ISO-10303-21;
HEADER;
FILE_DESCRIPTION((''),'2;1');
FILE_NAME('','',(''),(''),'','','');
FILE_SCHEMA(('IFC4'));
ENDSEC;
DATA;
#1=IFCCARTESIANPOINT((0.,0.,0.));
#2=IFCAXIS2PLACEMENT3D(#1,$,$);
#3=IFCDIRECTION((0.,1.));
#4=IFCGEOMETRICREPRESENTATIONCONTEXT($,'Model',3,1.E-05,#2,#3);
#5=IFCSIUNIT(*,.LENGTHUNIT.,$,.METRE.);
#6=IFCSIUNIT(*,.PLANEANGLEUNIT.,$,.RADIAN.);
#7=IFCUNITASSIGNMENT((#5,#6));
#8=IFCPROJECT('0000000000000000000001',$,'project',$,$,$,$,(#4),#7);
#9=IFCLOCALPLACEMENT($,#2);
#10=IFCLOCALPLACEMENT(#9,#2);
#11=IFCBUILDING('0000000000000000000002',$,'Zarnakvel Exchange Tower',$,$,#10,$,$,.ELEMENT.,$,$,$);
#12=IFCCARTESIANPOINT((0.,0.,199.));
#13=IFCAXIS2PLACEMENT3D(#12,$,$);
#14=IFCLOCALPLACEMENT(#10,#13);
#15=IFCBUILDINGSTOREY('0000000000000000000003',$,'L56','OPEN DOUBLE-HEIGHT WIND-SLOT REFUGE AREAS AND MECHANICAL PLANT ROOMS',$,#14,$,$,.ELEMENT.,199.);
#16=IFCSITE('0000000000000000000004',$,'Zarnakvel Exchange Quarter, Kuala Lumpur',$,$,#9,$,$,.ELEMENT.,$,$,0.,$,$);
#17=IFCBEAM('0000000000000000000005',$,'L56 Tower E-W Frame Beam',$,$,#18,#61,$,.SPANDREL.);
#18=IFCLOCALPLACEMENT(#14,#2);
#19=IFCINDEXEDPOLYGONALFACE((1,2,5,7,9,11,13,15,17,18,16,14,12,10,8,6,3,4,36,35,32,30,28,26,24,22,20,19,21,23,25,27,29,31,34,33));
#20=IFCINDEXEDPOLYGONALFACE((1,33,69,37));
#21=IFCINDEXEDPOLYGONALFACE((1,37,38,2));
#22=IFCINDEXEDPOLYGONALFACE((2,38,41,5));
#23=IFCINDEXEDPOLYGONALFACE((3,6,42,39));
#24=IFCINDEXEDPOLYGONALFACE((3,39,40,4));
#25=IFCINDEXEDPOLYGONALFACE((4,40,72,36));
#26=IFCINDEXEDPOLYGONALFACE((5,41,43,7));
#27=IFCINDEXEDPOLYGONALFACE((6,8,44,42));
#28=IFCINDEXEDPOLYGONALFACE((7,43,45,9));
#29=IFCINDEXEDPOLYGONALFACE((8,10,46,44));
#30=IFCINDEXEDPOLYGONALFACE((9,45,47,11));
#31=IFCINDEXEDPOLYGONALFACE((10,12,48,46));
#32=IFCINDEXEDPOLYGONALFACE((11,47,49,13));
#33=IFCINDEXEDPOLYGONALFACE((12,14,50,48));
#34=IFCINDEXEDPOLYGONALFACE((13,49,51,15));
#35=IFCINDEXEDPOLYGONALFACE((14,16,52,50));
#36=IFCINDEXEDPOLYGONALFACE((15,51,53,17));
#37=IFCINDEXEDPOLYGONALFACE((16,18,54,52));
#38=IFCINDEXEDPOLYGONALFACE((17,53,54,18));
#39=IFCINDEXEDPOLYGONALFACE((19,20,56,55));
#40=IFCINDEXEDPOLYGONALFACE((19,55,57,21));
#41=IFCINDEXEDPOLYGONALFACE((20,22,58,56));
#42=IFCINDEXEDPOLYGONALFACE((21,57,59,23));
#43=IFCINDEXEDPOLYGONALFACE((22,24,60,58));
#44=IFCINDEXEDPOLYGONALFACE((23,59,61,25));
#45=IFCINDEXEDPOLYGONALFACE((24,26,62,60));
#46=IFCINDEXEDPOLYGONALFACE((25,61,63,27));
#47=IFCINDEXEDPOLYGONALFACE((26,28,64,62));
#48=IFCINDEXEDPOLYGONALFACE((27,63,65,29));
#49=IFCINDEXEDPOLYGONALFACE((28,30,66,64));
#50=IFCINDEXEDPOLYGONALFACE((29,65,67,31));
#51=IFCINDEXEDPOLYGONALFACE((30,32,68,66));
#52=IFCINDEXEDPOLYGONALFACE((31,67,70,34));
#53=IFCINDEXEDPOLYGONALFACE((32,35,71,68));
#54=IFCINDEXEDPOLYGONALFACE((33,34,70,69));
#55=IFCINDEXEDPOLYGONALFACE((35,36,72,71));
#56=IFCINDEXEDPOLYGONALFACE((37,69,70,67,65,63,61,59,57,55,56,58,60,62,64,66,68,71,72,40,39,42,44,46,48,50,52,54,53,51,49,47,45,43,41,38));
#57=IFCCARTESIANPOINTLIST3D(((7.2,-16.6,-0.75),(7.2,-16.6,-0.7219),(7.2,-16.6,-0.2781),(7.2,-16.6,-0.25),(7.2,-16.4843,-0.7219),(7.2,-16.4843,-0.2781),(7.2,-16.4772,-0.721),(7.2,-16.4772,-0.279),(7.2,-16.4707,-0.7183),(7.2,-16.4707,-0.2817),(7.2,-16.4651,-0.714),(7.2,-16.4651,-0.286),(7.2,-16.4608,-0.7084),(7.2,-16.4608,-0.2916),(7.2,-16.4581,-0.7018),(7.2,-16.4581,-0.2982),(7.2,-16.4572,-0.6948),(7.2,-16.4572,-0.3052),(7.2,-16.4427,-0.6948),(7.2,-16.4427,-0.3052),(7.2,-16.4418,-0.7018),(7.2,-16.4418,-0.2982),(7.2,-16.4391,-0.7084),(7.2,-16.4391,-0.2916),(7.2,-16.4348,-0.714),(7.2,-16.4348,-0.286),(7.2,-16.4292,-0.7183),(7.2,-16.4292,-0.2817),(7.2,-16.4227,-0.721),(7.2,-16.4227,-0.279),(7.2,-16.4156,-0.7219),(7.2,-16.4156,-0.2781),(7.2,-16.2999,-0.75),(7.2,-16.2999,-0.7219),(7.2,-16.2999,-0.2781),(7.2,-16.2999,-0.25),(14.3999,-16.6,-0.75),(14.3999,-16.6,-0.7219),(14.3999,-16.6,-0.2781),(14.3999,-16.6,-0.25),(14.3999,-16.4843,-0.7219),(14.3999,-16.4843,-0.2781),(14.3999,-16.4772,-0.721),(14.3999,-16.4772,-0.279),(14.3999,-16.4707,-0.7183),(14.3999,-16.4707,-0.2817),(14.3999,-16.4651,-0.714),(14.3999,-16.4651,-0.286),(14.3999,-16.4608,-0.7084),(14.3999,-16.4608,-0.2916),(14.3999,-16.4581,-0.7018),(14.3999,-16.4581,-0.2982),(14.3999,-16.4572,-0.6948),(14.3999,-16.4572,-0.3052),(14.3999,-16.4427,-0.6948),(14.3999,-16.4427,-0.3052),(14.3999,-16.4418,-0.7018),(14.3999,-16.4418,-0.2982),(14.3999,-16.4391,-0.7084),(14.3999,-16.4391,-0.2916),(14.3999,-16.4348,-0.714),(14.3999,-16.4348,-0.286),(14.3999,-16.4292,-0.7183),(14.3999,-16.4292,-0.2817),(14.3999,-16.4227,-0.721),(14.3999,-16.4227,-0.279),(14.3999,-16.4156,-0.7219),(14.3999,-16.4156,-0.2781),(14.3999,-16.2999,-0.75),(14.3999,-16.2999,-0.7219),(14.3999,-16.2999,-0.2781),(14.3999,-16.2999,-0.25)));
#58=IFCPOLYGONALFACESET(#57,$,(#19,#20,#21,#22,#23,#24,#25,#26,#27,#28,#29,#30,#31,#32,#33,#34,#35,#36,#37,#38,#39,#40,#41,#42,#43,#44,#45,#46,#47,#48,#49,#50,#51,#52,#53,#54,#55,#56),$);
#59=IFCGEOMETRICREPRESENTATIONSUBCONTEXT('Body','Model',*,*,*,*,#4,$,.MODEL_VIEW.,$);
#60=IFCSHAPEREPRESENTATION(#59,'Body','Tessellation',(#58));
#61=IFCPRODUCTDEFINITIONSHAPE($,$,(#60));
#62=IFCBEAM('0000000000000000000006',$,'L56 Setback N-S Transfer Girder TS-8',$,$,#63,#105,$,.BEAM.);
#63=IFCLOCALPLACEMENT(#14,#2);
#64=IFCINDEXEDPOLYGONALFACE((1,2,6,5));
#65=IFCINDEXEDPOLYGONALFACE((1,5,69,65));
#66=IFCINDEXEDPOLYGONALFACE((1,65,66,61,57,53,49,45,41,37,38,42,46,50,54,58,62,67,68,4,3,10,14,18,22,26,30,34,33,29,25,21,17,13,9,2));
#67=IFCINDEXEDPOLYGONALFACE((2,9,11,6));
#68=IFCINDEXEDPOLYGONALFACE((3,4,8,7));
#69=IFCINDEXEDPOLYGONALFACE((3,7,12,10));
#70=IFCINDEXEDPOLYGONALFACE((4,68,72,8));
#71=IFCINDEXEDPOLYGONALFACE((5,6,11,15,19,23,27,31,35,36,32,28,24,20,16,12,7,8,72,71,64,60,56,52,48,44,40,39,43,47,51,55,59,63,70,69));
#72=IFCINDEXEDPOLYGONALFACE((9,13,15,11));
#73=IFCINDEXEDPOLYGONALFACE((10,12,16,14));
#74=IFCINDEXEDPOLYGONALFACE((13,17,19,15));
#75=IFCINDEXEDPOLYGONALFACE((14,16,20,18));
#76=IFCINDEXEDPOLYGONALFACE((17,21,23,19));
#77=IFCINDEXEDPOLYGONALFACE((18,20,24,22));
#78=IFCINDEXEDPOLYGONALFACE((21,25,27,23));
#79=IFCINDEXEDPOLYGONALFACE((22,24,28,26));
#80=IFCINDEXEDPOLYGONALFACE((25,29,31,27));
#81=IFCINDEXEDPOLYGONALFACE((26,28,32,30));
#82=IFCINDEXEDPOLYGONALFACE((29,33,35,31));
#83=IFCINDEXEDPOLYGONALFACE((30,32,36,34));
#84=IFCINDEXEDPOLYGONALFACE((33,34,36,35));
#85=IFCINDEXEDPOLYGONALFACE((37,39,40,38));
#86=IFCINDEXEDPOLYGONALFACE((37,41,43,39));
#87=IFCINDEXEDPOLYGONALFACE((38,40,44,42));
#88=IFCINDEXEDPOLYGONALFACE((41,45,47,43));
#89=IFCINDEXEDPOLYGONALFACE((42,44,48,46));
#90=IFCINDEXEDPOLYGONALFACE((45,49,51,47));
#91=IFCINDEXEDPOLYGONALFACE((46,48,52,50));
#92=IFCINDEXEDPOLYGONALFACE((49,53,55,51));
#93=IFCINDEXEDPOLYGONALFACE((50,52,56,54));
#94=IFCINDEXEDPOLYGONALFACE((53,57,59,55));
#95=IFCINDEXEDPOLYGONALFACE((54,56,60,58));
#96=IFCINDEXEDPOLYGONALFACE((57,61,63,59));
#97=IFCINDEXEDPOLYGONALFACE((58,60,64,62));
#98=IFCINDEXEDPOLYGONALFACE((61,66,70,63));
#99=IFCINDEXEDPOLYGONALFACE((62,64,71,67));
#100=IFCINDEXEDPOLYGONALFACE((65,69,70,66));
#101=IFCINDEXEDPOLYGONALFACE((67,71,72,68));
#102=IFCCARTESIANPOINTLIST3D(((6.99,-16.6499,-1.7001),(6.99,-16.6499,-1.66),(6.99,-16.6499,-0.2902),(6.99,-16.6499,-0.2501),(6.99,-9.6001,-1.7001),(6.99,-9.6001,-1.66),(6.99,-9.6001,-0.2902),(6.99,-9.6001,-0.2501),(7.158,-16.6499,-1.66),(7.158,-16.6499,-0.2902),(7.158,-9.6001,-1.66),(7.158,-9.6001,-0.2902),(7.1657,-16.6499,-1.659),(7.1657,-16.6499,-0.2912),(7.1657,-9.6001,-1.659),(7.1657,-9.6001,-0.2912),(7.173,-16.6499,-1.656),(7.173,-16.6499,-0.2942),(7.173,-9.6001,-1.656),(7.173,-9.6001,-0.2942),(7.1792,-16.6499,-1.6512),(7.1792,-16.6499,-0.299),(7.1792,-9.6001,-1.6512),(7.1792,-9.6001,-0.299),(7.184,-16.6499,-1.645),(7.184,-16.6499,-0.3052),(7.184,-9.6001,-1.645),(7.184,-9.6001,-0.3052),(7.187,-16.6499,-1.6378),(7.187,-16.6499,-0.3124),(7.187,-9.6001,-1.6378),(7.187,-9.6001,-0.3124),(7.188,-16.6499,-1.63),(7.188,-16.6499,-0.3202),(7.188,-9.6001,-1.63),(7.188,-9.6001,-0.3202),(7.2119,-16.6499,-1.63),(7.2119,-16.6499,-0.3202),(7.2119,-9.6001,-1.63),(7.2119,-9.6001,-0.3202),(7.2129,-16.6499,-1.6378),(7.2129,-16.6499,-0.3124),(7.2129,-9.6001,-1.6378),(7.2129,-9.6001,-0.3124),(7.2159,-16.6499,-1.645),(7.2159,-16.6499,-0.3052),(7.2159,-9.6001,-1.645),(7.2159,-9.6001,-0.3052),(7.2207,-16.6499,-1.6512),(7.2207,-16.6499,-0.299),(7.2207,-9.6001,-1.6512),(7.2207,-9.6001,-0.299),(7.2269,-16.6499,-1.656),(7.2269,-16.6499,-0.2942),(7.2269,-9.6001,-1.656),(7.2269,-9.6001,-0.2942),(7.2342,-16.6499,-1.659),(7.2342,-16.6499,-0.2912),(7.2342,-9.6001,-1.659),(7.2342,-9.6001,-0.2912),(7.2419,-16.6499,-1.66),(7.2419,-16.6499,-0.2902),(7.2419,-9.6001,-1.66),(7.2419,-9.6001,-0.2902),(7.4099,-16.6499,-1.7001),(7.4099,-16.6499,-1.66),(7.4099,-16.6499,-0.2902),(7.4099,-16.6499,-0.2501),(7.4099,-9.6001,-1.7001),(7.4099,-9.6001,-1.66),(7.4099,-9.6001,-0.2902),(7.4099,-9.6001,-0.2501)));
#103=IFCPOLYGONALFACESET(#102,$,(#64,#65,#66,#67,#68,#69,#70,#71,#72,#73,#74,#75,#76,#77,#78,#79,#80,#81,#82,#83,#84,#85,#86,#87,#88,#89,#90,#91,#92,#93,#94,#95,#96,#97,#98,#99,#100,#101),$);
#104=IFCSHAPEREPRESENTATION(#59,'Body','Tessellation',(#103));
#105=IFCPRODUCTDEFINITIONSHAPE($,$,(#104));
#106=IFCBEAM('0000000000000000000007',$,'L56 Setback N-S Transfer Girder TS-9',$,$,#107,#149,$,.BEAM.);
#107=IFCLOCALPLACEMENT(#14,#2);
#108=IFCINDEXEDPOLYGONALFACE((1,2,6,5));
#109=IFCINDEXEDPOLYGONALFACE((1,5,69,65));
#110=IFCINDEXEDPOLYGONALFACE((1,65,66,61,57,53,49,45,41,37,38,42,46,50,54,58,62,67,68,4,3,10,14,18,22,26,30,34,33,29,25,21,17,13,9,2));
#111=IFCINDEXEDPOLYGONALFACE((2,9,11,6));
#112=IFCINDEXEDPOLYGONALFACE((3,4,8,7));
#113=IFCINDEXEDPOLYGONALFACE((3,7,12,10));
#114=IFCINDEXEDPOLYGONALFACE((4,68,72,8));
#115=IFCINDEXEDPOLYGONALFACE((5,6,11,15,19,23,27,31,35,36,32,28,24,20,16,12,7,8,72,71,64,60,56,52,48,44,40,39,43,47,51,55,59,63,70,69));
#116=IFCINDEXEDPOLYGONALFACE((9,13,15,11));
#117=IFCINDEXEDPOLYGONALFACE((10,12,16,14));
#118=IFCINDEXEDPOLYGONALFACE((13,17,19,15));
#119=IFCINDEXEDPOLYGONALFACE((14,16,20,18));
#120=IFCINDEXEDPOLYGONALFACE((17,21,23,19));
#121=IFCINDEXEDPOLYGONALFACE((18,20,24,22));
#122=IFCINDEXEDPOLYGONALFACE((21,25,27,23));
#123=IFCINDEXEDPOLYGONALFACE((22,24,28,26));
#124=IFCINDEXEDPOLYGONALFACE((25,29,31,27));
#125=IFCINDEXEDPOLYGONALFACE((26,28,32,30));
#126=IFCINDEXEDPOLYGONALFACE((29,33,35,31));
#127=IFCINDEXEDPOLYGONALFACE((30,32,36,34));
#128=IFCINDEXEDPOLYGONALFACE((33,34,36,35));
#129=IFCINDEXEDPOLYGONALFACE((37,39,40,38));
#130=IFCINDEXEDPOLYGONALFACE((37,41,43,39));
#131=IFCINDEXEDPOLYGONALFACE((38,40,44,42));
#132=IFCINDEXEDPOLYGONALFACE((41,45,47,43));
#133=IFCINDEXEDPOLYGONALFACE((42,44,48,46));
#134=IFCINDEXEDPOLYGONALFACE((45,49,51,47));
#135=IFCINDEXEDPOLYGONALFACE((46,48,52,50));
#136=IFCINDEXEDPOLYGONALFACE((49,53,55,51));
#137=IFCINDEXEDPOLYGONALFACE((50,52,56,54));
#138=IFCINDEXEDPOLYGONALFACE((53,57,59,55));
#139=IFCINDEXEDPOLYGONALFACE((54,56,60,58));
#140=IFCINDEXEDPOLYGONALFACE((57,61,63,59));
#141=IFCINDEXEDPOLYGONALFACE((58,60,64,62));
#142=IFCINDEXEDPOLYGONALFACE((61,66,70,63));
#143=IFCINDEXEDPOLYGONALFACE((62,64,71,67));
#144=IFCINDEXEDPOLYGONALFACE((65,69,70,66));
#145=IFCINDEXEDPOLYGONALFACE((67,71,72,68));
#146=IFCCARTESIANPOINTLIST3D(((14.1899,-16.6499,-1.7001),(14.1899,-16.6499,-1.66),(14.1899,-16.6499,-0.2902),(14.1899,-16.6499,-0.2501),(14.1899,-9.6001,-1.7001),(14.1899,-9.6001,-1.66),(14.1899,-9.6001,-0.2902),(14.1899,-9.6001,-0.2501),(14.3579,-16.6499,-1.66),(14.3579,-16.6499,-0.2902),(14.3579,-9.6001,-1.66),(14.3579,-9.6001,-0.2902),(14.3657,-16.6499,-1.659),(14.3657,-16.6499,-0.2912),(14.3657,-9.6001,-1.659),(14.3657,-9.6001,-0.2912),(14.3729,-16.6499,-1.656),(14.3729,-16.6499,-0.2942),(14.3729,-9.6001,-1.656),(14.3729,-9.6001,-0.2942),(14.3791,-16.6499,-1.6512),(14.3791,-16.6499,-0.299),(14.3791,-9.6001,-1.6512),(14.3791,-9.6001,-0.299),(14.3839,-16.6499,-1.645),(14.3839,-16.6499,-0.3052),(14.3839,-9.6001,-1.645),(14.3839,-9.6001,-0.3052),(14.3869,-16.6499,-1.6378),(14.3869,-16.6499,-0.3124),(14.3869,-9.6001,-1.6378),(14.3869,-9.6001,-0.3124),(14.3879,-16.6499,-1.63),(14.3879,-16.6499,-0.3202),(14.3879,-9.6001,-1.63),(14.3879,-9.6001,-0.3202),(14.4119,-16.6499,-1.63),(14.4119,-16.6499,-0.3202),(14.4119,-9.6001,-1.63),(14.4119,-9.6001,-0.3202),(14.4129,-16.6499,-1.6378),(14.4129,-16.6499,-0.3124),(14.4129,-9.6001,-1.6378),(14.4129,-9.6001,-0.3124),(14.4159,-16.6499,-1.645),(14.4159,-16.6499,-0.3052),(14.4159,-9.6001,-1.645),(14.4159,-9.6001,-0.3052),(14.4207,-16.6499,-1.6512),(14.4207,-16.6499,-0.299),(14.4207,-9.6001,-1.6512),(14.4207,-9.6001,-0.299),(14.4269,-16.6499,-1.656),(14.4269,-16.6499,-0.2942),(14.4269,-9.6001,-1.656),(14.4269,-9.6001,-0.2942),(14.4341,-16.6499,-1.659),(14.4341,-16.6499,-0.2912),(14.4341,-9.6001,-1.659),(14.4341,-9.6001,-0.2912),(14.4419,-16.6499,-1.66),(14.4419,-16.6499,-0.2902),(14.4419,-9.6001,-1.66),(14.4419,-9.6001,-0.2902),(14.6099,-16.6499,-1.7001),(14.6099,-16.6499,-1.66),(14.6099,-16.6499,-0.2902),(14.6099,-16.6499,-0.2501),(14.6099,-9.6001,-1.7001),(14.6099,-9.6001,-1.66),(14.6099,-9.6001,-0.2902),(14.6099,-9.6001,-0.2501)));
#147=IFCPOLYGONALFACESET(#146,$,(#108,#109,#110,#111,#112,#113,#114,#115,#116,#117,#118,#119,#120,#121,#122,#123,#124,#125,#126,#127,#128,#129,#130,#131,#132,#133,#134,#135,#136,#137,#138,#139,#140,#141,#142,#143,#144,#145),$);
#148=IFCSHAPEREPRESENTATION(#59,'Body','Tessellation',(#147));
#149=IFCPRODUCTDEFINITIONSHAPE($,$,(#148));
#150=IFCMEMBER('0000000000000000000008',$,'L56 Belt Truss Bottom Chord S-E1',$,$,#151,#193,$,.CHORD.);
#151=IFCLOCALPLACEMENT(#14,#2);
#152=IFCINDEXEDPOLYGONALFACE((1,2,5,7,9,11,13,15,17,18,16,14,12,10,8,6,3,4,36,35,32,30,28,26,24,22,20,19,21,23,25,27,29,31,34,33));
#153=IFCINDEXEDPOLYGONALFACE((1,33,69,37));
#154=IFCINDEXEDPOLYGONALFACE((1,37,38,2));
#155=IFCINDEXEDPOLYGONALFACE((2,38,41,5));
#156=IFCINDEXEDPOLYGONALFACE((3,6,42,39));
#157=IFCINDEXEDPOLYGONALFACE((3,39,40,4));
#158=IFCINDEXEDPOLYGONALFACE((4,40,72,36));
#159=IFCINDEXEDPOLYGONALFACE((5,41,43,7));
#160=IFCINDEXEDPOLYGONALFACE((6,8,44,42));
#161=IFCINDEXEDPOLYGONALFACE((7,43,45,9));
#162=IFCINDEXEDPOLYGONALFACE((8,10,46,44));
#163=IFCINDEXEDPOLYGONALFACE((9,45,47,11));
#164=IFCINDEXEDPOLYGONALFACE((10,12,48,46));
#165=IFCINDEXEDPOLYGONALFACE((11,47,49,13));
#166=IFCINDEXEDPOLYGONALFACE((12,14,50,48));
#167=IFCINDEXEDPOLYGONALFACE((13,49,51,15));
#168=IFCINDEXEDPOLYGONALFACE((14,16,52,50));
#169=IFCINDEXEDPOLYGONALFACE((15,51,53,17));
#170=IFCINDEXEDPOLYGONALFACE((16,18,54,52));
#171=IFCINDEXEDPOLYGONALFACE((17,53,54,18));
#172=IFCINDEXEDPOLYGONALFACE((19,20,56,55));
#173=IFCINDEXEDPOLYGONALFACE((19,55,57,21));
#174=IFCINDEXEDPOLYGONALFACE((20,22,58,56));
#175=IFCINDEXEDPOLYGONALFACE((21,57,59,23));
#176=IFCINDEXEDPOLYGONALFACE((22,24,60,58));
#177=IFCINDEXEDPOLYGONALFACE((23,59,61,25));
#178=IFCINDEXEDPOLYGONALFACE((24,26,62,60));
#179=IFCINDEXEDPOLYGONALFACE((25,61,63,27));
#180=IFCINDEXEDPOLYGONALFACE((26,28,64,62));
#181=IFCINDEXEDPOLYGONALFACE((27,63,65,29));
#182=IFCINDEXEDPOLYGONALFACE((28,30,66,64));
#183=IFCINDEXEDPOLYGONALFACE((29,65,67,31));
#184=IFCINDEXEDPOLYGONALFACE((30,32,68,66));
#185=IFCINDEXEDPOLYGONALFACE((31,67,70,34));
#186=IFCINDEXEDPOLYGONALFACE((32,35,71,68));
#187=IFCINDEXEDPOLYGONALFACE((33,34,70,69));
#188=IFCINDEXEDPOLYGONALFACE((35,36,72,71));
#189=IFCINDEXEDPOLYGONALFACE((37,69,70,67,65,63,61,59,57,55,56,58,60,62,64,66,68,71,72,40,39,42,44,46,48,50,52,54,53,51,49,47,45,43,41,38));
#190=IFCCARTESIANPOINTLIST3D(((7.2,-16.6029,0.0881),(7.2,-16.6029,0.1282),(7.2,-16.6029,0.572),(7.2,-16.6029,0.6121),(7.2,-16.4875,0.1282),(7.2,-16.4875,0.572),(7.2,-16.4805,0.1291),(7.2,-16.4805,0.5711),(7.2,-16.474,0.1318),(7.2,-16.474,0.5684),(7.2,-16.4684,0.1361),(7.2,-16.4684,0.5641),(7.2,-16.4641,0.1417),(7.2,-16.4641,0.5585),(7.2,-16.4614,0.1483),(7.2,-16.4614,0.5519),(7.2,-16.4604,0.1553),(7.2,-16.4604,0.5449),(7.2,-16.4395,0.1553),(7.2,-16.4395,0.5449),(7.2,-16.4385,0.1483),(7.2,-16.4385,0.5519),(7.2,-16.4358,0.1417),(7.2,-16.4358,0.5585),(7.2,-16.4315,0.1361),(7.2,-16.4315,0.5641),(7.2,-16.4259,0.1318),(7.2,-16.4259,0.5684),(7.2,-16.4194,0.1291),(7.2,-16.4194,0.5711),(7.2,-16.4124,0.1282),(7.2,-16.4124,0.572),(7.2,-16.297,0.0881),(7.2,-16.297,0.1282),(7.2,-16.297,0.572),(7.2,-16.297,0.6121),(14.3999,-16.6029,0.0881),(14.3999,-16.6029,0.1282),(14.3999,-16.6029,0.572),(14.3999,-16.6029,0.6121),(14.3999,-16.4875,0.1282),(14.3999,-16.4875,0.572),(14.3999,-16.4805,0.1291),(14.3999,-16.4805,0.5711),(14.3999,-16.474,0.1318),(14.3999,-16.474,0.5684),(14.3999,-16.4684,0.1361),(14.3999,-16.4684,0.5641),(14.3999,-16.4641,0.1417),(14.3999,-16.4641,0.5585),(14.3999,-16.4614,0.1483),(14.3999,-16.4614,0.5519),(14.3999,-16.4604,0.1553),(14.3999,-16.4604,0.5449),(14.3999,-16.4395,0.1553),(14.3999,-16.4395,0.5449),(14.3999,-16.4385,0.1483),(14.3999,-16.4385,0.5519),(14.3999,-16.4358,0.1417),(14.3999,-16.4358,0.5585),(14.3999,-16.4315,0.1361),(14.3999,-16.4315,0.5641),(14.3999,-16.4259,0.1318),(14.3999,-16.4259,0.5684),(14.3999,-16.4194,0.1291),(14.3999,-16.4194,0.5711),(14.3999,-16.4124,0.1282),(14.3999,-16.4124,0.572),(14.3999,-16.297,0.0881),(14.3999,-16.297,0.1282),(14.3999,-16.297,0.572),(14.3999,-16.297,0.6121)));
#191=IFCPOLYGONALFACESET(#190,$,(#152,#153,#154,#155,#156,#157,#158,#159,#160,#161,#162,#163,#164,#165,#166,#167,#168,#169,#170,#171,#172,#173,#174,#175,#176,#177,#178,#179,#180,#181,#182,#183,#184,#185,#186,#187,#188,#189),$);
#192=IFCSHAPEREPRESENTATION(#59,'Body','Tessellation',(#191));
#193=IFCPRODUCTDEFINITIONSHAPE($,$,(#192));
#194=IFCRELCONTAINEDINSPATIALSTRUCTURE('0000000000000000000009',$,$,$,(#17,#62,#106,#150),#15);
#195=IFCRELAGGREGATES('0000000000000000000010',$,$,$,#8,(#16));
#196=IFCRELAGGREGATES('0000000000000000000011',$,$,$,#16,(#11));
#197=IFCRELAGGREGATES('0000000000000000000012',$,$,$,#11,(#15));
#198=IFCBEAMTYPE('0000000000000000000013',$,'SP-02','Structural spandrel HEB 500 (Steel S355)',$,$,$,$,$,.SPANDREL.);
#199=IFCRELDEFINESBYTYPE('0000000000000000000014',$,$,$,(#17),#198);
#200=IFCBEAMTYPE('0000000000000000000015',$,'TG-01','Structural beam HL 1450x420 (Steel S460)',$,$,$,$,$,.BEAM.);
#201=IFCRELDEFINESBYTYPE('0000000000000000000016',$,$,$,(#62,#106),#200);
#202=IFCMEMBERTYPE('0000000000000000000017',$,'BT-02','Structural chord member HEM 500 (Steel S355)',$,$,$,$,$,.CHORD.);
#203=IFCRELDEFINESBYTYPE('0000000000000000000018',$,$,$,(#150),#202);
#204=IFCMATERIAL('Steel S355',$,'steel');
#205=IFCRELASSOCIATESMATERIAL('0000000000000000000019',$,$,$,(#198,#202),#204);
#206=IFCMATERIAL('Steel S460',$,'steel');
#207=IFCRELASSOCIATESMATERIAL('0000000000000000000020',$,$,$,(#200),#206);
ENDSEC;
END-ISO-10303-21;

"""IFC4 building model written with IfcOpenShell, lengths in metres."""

from ifc_helpers import new_model, si_unit, direction, frame, origin, origin_2d, place, context, subcontext, project, spatial, i_section, extrude, source, transform, mapped, material, material_profile, profile_set, type_object, element, save


model = new_model("IFC4")

# Units and contexts
model_context = context("Model", 3, precision=1e-05, world=origin(), true_north=direction((0.0, 1.0)))
body_context = subcontext(model_context, "Body", "Model", "MODEL_VIEW")
ifc_project = project(units=[si_unit("LENGTHUNIT", "METRE"), si_unit("PLANEANGLEUNIT", "RADIAN")], contexts=[model_context])

# Site, building, storey
site_placement = place(None, origin())
site = spatial("IfcSite", under=ifc_project, at=site_placement, Name="Zarnakvel Exchange Quarter, Kuala Lumpur", CompositionType="ELEMENT", RefElevation=0.0)
building_placement = place(site_placement, origin())
building = spatial("IfcBuilding", under=site, at=building_placement, Name="Zarnakvel Exchange Tower", CompositionType="ELEMENT")
storey_placement = place(building_placement, frame((0.0, 0.0, 199.0)))
storey = spatial("IfcBuildingStorey", under=building, at=storey_placement, Name="L56", Description="OPEN DOUBLE-HEIGHT WIND-SLOT REFUGE AREAS AND MECHANICAL PLANT ROOMS", CompositionType="ELEMENT", Elevation=199.0)

# Beams
ifc_material_1 = material(Name="Steel S355", Category="steel")
ifc_material_profile_1 = material_profile(ifc_material_1, i_section(OverallWidth=0.3, OverallDepth=0.5, WebThickness=0.0144, FlangeThickness=0.0281, FilletRadius=0.0271, at=origin_2d()))
ifc_profile_set_1 = profile_set([ifc_material_profile_1], Name="Steel S355")
beam_type_1 = type_object("IfcBeamType", Name="SP-02", Description="Structural spandrel HEB 500 (Steel S355)", PredefinedType="SPANDREL", material=ifc_profile_set_1)
beam_1_placement = place(storey_placement, frame((7.2, -16.45, -0.5), z_axis=(1.0, 0.0, 0.0), x_axis=(0.0, 1.0, 0.0)))
element("IfcBeam", 1, at=beam_1_placement, inside=storey, type_object=beam_type_1, Name="L56 Tower E-W Frame Beam", PredefinedType="SPANDREL", context=body_context, shape_type="SweptSolid", body=[
    extrude(i_section(OverallWidth=0.3, OverallDepth=0.5, WebThickness=0.0144, FlangeThickness=0.0281, FilletRadius=0.0271, at=origin_2d()), origin(), (0.0, 0.0, 1.0), 7.2),
])
ifc_material_2 = material(Name="Steel S460", Category="steel")
ifc_material_profile_2 = material_profile(ifc_material_2, i_section(OverallWidth=0.4199, OverallDepth=1.45, WebThickness=0.0239, FlangeThickness=0.04, FilletRadius=0.03, at=origin_2d()))
ifc_profile_set_2 = profile_set([ifc_material_profile_2], Name="Steel S460")
beam_type_2 = type_object("IfcBeamType", Name="TG-01", Description="Structural beam HL 1450x420 (Steel S460)", PredefinedType="BEAM", material=ifc_profile_set_2)
for number, where, z_axis, x_axis, name in (
    (2, (7.2, -16.6499, -0.9751), (0.0, 1.0, 0.0), (-1.0, 0.0, 0.0), "L56 Setback N-S Transfer Girder TS-8"),
    (3, (14.3999, -16.6499, -0.9751), (0.0, 1.0, 0.0), (-1.0, 0.0, 0.0), "L56 Setback N-S Transfer Girder TS-9"),
):
    element("IfcBeam", number, at=place(storey_placement, frame(where, z_axis=z_axis, x_axis=x_axis)), inside=storey, type_object=beam_type_2, Name=name, PredefinedType="BEAM", context=body_context, shape_type="SweptSolid", body=[
        extrude(i_section(OverallWidth=0.4199, OverallDepth=1.45, WebThickness=0.0239, FlangeThickness=0.04, FilletRadius=0.03, at=origin_2d()), origin(), (0.0, 0.0, 1.0), 7.0498),
    ])

# Member
ifc_material_profile_3 = material_profile(ifc_material_1, i_section(OverallWidth=0.3059, OverallDepth=0.5239, WebThickness=0.021, FlangeThickness=0.04, FilletRadius=0.0271, at=origin_2d()))
ifc_profile_set_3 = profile_set([ifc_material_profile_3], Name="Steel S355")
member_type_1 = type_object("IfcMemberType", Name="BT-02", Description="Structural chord member HEM 500 (Steel S355)", PredefinedType="CHORD", material=ifc_profile_set_3)
shared_shape_1 = source(origin(), body_context, "Body", "SweptSolid", [
    extrude(i_section(OverallWidth=0.3059, OverallDepth=0.5239, WebThickness=0.021, FlangeThickness=0.04, FilletRadius=0.0271, at=origin_2d()), origin(), (0.0, 0.0, 1.0), 7.2),
])
for number, where, z_axis, x_axis, name in (
    (4, (7.2, -16.45, 0.3501), (1.0, 0.0, 0.0), (0.0, 1.0, 0.0), "L56 Belt Truss Bottom Chord S-E1"),
):
    element("IfcMember", number, at=place(storey_placement, frame(where, z_axis=z_axis, x_axis=x_axis)), inside=storey, type_object=member_type_1, Name=name, PredefinedType="CHORD", context=body_context, shape_type="MappedRepresentation", body=[
        mapped(shared_shape_1, transform((0.0, 0.0, 0.0), x_axis=(1.0, 0.0, 0.0), y_axis=(0.0, 1.0, 0.0), z_axis=(0.0, 0.0, 1.0), scale=1.0)),
    ])

save(model, "model.ifc")
